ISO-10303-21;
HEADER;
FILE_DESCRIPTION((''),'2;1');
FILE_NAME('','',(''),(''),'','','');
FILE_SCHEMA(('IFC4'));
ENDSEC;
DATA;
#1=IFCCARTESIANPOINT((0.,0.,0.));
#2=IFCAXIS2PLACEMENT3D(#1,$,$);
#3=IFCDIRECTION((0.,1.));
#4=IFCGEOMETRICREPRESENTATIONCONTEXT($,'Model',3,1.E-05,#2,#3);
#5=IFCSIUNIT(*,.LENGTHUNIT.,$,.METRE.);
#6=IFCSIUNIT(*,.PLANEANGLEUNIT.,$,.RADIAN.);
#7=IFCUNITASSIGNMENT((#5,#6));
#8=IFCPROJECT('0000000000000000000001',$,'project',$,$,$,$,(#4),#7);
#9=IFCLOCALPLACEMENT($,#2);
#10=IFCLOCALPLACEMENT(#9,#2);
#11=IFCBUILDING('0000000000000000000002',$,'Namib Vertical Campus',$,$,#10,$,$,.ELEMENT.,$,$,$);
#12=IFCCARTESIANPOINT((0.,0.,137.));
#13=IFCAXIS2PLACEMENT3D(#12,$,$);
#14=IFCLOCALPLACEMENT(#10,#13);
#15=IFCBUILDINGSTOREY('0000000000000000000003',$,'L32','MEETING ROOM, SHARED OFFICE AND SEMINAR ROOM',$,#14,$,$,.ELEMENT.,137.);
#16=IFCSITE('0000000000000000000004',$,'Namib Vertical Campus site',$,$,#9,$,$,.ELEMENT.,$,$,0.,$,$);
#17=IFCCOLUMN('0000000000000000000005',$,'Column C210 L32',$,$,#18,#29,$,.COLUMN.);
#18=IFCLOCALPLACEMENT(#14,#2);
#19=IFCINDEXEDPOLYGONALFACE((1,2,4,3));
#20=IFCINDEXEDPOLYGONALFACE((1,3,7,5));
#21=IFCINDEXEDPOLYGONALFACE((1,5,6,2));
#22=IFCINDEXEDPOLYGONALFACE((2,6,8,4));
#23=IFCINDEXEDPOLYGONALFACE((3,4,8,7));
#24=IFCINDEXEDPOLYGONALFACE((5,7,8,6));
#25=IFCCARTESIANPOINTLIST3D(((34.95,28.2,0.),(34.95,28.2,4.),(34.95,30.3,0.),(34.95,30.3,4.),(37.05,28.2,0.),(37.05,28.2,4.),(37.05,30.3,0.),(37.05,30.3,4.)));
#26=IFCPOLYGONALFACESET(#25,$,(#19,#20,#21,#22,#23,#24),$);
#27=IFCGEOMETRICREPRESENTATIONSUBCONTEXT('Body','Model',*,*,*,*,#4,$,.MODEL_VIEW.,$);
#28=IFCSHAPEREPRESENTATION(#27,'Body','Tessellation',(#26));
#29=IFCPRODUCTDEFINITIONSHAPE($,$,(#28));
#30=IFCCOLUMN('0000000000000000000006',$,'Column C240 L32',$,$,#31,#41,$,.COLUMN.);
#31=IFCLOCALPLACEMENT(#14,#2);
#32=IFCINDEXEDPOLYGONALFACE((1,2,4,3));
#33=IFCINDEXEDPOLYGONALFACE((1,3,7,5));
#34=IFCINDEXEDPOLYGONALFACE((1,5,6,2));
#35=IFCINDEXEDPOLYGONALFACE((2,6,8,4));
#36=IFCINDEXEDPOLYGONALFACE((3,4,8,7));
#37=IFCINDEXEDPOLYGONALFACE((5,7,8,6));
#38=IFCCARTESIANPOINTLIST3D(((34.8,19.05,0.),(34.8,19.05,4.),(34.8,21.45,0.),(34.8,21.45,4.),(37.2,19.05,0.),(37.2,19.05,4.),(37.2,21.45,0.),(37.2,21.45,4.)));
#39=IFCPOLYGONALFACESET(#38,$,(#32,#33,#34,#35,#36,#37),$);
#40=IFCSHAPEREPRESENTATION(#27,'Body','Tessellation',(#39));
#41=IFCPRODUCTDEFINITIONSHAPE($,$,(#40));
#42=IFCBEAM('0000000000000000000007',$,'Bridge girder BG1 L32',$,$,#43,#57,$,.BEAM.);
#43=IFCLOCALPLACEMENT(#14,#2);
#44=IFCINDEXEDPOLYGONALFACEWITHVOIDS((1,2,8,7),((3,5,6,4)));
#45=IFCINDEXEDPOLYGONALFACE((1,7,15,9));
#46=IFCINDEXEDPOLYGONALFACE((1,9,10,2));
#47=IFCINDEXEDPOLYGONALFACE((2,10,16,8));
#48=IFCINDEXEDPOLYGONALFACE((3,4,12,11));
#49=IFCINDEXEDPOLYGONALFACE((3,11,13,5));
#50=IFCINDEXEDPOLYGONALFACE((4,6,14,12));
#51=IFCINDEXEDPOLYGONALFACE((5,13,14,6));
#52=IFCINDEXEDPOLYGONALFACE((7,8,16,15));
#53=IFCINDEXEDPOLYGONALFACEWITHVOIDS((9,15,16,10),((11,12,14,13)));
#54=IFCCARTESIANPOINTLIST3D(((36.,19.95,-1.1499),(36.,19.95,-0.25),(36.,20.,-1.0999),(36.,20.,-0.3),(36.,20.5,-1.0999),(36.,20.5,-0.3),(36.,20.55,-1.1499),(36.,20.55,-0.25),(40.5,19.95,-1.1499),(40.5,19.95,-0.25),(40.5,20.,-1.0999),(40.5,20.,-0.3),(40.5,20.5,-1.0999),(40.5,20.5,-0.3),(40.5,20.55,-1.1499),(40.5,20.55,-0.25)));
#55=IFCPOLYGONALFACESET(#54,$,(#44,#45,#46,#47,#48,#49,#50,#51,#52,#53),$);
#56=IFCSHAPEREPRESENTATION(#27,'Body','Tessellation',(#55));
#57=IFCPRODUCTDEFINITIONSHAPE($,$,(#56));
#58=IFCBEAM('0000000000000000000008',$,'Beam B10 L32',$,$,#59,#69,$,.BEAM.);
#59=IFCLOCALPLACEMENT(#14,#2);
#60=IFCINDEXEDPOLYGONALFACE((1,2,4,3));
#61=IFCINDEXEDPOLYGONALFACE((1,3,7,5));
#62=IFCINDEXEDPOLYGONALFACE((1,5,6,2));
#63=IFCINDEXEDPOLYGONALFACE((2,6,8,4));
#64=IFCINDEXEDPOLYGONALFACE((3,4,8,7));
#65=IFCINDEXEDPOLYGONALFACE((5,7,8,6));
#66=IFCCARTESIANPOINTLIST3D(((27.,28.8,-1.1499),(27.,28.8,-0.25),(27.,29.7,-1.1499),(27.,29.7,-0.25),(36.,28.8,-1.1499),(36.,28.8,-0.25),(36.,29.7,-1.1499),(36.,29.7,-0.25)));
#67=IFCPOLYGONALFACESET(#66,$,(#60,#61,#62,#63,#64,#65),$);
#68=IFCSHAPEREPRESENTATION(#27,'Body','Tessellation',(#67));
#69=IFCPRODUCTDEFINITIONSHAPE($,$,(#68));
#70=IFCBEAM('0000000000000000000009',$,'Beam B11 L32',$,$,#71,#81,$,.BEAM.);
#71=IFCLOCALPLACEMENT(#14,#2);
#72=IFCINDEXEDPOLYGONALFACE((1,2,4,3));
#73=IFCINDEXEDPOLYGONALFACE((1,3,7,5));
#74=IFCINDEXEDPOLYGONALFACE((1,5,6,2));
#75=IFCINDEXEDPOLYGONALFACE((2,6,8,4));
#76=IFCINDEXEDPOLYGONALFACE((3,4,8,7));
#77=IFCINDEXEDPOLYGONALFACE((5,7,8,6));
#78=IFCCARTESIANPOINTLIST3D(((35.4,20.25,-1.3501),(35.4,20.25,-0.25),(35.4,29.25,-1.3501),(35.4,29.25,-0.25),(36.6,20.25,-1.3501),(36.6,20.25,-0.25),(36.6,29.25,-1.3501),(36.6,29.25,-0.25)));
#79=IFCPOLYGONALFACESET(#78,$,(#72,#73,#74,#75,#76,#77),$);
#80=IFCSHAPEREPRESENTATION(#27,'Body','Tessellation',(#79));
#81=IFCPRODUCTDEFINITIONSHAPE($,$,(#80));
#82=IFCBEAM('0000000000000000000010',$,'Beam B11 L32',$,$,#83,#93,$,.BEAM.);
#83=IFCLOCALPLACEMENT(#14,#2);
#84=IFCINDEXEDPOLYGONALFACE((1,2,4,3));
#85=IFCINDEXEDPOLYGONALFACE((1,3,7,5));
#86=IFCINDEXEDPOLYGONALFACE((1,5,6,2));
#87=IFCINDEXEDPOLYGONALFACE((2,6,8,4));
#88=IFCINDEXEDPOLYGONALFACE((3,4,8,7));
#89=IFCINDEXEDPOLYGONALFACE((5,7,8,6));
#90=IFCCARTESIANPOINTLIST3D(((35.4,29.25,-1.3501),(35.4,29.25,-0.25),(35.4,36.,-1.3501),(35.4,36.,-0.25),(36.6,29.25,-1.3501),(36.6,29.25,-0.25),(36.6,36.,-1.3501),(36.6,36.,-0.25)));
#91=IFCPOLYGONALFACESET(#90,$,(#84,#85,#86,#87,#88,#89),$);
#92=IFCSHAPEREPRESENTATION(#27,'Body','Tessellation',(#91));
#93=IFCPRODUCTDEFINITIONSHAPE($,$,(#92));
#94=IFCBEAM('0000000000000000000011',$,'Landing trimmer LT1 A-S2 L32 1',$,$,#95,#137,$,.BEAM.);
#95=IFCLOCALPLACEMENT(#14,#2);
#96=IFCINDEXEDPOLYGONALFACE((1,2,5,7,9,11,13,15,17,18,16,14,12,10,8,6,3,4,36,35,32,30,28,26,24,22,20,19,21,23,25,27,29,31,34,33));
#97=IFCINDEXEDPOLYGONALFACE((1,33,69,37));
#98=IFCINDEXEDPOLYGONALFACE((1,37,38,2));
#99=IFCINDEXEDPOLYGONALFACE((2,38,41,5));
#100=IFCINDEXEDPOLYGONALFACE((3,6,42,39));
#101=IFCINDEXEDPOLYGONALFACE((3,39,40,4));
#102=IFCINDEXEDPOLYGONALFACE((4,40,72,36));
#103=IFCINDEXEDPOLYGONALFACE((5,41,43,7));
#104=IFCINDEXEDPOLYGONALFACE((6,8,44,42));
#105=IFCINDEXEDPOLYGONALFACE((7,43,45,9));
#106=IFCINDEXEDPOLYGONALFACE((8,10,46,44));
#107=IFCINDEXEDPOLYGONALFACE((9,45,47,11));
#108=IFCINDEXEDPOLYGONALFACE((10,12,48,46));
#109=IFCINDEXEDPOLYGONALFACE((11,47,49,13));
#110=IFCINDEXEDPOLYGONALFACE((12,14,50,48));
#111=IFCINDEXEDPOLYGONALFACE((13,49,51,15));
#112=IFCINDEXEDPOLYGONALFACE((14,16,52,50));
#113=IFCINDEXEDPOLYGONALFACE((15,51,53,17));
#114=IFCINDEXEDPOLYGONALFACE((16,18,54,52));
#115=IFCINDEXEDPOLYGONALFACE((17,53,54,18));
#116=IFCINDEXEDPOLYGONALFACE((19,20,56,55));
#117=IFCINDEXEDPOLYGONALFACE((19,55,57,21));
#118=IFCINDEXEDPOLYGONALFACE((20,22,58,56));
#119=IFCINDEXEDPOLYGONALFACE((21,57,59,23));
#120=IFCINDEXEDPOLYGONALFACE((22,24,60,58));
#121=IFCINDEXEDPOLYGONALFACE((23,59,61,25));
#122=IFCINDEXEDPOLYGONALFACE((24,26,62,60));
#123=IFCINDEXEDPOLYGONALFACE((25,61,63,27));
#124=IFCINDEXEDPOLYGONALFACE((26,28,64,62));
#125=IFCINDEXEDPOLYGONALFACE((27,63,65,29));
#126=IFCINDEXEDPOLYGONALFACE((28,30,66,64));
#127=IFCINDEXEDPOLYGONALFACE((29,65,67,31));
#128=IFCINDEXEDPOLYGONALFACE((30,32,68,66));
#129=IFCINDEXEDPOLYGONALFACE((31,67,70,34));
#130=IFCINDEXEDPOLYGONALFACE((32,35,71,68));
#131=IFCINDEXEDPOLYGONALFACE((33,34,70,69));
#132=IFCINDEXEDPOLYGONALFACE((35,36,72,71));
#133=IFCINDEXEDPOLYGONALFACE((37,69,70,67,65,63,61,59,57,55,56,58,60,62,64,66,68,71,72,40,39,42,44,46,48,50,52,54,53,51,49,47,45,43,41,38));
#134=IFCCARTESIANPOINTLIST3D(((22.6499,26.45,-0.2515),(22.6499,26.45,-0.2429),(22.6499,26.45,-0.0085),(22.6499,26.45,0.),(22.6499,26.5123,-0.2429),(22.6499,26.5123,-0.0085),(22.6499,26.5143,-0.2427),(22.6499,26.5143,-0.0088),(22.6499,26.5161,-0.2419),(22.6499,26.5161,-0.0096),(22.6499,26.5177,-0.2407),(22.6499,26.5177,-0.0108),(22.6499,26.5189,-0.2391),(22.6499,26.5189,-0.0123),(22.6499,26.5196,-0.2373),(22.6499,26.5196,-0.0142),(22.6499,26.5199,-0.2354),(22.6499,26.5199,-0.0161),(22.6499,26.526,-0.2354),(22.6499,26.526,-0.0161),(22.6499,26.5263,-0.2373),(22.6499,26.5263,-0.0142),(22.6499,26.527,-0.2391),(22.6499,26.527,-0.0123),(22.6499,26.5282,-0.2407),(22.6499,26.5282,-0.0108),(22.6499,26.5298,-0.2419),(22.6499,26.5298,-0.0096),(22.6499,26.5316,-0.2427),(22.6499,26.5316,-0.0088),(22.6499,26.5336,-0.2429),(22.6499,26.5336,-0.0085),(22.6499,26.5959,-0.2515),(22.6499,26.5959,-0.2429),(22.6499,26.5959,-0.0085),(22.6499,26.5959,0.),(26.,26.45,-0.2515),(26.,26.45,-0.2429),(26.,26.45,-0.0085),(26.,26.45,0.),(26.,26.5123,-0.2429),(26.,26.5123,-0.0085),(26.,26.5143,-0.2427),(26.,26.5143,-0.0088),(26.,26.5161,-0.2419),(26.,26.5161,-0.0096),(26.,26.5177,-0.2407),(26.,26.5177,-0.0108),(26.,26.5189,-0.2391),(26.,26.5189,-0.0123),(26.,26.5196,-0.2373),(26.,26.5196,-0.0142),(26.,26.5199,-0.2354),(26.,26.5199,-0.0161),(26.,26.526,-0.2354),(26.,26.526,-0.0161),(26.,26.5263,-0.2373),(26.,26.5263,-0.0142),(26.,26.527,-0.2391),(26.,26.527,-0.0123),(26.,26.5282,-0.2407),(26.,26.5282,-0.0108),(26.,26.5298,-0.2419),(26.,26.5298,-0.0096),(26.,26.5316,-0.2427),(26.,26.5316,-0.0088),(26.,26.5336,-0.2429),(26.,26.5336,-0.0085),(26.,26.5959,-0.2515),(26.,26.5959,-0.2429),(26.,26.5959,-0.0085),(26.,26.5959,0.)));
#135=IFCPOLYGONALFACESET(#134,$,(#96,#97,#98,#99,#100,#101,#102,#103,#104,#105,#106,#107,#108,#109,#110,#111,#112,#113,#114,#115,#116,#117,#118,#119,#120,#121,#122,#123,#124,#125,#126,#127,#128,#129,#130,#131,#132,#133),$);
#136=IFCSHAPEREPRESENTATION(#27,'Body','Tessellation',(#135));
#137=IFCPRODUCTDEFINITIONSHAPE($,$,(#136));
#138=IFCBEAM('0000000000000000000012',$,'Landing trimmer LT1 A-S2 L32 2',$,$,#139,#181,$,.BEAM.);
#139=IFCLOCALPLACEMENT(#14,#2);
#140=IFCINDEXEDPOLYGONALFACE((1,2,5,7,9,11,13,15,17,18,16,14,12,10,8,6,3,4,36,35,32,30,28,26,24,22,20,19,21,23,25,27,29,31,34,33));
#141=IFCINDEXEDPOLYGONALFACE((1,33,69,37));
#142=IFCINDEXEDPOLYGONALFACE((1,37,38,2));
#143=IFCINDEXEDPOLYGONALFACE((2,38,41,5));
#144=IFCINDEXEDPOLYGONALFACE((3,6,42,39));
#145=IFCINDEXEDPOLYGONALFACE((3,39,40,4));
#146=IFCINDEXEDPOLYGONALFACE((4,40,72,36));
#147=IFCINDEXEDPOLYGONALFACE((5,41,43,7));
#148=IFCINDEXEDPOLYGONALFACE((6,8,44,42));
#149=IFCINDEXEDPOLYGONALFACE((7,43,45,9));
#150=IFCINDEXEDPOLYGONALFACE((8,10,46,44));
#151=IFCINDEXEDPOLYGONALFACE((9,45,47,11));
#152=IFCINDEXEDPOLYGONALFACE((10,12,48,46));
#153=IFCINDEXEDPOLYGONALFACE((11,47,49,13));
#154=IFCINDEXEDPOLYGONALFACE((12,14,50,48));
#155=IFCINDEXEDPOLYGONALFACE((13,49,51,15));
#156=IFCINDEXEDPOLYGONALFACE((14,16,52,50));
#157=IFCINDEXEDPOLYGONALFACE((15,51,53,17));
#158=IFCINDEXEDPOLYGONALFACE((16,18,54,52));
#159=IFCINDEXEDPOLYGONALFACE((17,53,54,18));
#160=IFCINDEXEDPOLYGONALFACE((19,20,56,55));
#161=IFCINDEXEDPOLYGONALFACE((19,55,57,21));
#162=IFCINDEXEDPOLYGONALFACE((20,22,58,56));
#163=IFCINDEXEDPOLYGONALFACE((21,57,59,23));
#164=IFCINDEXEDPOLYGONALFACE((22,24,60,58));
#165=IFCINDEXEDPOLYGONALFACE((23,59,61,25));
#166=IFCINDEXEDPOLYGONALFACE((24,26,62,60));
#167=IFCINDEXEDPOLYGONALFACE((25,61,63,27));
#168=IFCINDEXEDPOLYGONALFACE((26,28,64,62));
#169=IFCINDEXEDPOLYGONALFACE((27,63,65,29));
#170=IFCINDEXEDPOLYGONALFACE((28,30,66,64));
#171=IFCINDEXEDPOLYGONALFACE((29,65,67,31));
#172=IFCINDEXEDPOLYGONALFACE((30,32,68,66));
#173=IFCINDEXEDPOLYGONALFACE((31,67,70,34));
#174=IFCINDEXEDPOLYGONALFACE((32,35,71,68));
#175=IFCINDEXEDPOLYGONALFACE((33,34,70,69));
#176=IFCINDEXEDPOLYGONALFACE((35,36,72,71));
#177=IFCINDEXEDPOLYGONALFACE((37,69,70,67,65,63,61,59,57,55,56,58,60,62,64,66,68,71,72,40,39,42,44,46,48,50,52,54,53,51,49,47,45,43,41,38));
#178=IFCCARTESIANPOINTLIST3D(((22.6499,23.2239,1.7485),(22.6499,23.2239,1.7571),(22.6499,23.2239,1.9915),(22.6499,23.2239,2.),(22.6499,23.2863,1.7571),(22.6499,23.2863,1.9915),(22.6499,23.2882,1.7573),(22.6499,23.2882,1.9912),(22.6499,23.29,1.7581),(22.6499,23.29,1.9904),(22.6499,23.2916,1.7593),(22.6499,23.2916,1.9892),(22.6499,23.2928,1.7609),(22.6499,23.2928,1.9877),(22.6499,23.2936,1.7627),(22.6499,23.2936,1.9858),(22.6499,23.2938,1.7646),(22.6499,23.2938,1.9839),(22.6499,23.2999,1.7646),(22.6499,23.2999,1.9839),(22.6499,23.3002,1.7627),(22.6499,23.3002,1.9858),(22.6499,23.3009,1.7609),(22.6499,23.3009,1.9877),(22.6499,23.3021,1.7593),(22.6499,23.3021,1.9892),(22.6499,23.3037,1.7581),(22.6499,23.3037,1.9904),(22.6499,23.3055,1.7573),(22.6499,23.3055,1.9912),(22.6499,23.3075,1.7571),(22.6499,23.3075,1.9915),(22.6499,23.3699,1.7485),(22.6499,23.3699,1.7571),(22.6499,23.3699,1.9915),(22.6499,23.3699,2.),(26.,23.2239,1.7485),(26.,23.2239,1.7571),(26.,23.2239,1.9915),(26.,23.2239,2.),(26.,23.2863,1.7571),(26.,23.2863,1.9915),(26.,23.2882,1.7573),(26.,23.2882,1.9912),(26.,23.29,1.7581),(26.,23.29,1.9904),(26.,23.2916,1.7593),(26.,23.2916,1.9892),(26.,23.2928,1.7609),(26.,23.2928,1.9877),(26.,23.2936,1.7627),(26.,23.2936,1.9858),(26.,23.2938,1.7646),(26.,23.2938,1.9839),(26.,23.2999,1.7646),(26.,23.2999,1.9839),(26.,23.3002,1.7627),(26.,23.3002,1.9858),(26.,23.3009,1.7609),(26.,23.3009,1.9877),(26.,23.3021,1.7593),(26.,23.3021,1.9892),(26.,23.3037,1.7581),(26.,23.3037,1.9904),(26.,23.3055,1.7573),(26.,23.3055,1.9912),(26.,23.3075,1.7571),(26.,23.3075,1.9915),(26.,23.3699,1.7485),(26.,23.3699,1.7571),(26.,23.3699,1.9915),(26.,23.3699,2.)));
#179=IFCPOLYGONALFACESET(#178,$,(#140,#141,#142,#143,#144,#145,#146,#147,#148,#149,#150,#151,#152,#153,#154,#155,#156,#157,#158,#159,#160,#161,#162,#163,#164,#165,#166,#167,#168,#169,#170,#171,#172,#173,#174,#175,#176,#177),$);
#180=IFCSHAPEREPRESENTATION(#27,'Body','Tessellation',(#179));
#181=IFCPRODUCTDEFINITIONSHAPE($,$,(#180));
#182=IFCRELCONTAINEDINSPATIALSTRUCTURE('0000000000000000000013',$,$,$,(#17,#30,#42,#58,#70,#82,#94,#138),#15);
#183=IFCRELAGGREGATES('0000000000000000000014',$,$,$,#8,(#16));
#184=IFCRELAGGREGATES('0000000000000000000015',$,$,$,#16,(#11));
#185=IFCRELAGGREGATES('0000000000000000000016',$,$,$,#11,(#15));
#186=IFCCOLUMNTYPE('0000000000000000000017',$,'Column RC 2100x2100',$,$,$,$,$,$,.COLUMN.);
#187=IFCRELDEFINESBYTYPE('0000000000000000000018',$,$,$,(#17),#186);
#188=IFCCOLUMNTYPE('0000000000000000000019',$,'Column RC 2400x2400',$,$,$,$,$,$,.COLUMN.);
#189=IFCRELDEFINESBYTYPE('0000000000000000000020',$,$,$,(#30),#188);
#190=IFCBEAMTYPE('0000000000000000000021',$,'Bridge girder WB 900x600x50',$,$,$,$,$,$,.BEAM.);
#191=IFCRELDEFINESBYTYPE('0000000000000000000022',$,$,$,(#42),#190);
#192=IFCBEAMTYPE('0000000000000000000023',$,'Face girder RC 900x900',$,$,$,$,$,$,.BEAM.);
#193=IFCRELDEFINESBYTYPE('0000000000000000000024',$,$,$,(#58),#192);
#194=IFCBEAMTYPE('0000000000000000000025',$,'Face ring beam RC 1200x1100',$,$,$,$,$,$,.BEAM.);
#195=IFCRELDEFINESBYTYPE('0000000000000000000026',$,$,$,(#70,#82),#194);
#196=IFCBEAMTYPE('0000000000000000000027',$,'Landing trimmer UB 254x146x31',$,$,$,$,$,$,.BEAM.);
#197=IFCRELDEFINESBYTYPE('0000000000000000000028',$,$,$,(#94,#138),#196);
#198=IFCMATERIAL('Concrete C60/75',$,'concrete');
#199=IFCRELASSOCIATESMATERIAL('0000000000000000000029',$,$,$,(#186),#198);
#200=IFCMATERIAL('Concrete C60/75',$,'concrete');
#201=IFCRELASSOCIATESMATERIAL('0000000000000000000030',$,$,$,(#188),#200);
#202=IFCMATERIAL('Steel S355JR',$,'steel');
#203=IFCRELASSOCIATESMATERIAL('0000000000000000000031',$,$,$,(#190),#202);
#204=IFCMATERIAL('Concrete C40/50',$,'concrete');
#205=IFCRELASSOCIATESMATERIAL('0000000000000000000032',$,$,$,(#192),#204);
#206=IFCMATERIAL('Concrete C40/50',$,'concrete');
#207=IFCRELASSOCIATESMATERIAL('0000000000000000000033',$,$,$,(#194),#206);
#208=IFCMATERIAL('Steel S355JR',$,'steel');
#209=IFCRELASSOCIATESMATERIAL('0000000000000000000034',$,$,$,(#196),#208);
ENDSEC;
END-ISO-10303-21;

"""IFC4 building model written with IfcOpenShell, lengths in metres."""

from ifc_helpers import new_model, si_unit, direction, frame, origin, origin_2d, place, context, subcontext, project, spatial, rectangle, hollow_rectangle, i_section, extrude, material, material_profile, profile_set, type_object, element, save


model = new_model("IFC4")

# Units and contexts
model_context = context("Model", 3, precision=1e-05, world=origin(), true_north=direction((0.0, 1.0)))
body_context = subcontext(model_context, "Body", "Model", "MODEL_VIEW")
ifc_project = project(units=[si_unit("LENGTHUNIT", "METRE"), si_unit("PLANEANGLEUNIT", "RADIAN")], contexts=[model_context])

# Site, building, storey
site_placement = place(None, origin())
site = spatial("IfcSite", under=ifc_project, at=site_placement, Name="Namib Vertical Campus site", CompositionType="ELEMENT", RefElevation=0.0)
building_placement = place(site_placement, origin())
building = spatial("IfcBuilding", under=site, at=building_placement, Name="Namib Vertical Campus", CompositionType="ELEMENT")
storey_placement = place(building_placement, frame((0.0, 0.0, 137.0)))
storey = spatial("IfcBuildingStorey", under=building, at=storey_placement, Name="L32", Description="MEETING ROOM, SHARED OFFICE AND SEMINAR ROOM", CompositionType="ELEMENT", Elevation=137.0)

# Columns
ifc_material_1 = material(Name="Concrete C60/75", Category="concrete")
ifc_material_profile_1 = material_profile(ifc_material_1, rectangle(XDim=2.1001, YDim=2.1001, at=origin_2d()))
ifc_profile_set_1 = profile_set([ifc_material_profile_1], Name="Concrete C60/75")
column_type_1 = type_object("IfcColumnType", Name="Column RC 2100x2100", PredefinedType="COLUMN", material=ifc_profile_set_1)
column_1_placement = place(storey_placement, frame((36.0, 29.25, 0.0), z_axis=(0.0, 0.0, 1.0), x_axis=(1.0, 0.0, 0.0)))
element("IfcColumn", 1, at=column_1_placement, inside=storey, type_object=column_type_1, Name="Column C210 L32", PredefinedType="COLUMN", context=body_context, shape_type="SweptSolid", body=[
    extrude(rectangle(XDim=2.1001, YDim=2.1001, at=origin_2d()), origin(), (0.0, 0.0, 1.0), 4.0),
])
ifc_material_2 = material(Name="Concrete C60/75", Category="concrete")
ifc_material_profile_2 = material_profile(ifc_material_2, rectangle(XDim=2.3999, YDim=2.3999, at=origin_2d()))
ifc_profile_set_2 = profile_set([ifc_material_profile_2], Name="Concrete C60/75")
column_type_2 = type_object("IfcColumnType", Name="Column RC 2400x2400", PredefinedType="COLUMN", material=ifc_profile_set_2)
column_2_placement = place(storey_placement, frame((36.0, 20.25, 0.0), z_axis=(0.0, 0.0, 1.0), x_axis=(1.0, 0.0, 0.0)))
element("IfcColumn", 2, at=column_2_placement, inside=storey, type_object=column_type_2, Name="Column C240 L32", PredefinedType="COLUMN", context=body_context, shape_type="SweptSolid", body=[
    extrude(rectangle(XDim=2.3999, YDim=2.3999, at=origin_2d()), origin(), (0.0, 0.0, 1.0), 4.0),
])

# Beams
ifc_material_3 = material(Name="Steel S355JR", Category="steel")
ifc_material_profile_3 = material_profile(ifc_material_3, hollow_rectangle(XDim=0.6001, YDim=0.8999, WallThickness=0.05, at=origin_2d()))
ifc_profile_set_3 = profile_set([ifc_material_profile_3], Name="Steel S355JR")
beam_type_1 = type_object("IfcBeamType", Name="Bridge girder WB 900x600x50", PredefinedType="BEAM", material=ifc_profile_set_3)
beam_1_placement = place(storey_placement, frame((36.0, 20.25, -0.7), z_axis=(1.0, 0.0, 0.0), x_axis=(0.0, 1.0, 0.0)))
element("IfcBeam", 3, at=beam_1_placement, inside=storey, type_object=beam_type_1, Name="Bridge girder BG1 L32", PredefinedType="BEAM", context=body_context, shape_type="SweptSolid", body=[
    extrude(hollow_rectangle(XDim=0.6001, YDim=0.8999, WallThickness=0.05, at=origin_2d()), origin(), (0.0, 0.0, 1.0), 4.5),
])
ifc_material_4 = material(Name="Concrete C40/50", Category="concrete")
ifc_material_profile_4 = material_profile(ifc_material_4, rectangle(XDim=0.8999, YDim=0.8999, at=origin_2d()))
ifc_profile_set_4 = profile_set([ifc_material_profile_4], Name="Concrete C40/50")
beam_type_2 = type_object("IfcBeamType", Name="Face girder RC 900x900", PredefinedType="BEAM", material=ifc_profile_set_4)
beam_2_placement = place(storey_placement, frame((36.0, 29.25, -0.7), z_axis=(-1.0, 0.0, 0.0), x_axis=(0.0, -1.0, 0.0)))
element("IfcBeam", 4, at=beam_2_placement, inside=storey, type_object=beam_type_2, Name="Beam B10 L32", PredefinedType="BEAM", context=body_context, shape_type="SweptSolid", body=[
    extrude(rectangle(XDim=0.8999, YDim=0.8999, at=origin_2d()), origin(), (0.0, 0.0, 1.0), 9.0),
])
ifc_material_5 = material(Name="Concrete C40/50", Category="concrete")
ifc_material_profile_5 = material_profile(ifc_material_5, rectangle(XDim=1.2, YDim=1.1001, at=origin_2d()))
ifc_profile_set_5 = profile_set([ifc_material_profile_5], Name="Concrete C40/50")
beam_type_3 = type_object("IfcBeamType", Name="Face ring beam RC 1200x1100", PredefinedType="BEAM", material=ifc_profile_set_5)
beam_3_placement = place(storey_placement, frame((36.0, 20.25, -0.8), z_axis=(0.0, 1.0, 0.0), x_axis=(-1.0, 0.0, 0.0)))
element("IfcBeam", 5, at=beam_3_placement, inside=storey, type_object=beam_type_3, Name="Beam B11 L32", PredefinedType="BEAM", context=body_context, shape_type="SweptSolid", body=[
    extrude(rectangle(XDim=1.2, YDim=1.1001, at=origin_2d()), origin(), (0.0, 0.0, 1.0), 9.0),
])
beam_4_placement = place(storey_placement, frame((36.0, 29.25, -0.8), z_axis=(0.0, 1.0, 0.0), x_axis=(-1.0, 0.0, 0.0)))
element("IfcBeam", 6, at=beam_4_placement, inside=storey, type_object=beam_type_3, Name="Beam B11 L32", PredefinedType="BEAM", context=body_context, shape_type="SweptSolid", body=[
    extrude(rectangle(XDim=1.2, YDim=1.1001, at=origin_2d()), origin(), (0.0, 0.0, 1.0), 6.75),
])
ifc_material_6 = material(Name="Steel S355JR", Category="steel")
ifc_material_profile_6 = material_profile(ifc_material_6, i_section(OverallWidth=0.146, OverallDepth=0.2515, WebThickness=0.0061, FlangeThickness=0.0085, FilletRadius=0.0076, at=origin_2d()))
ifc_profile_set_6 = profile_set([ifc_material_profile_6], Name="Steel S355JR")
beam_type_4 = type_object("IfcBeamType", Name="Landing trimmer UB 254x146x31", PredefinedType="BEAM", material=ifc_profile_set_6)
for number, where, z_axis, x_axis, name in (
    (7, (22.6499, 26.5229, -0.1257), (1.0, 0.0, 0.0), (0.0, 1.0, 0.0), "Landing trimmer LT1 A-S2 L32 1"),
    (8, (22.6499, 23.2969, 1.8743), (1.0, 0.0, 0.0), (0.0, 1.0, 0.0), "Landing trimmer LT1 A-S2 L32 2"),
):
    element("IfcBeam", number, at=place(storey_placement, frame(where, z_axis=z_axis, x_axis=x_axis)), inside=storey, type_object=beam_type_4, Name=name, PredefinedType="BEAM", context=body_context, shape_type="SweptSolid", body=[
        extrude(i_section(OverallWidth=0.146, OverallDepth=0.2515, WebThickness=0.0061, FlangeThickness=0.0085, FilletRadius=0.0076, at=origin_2d()), origin(), (0.0, 0.0, 1.0), 3.3501),
    ])

save(model, "model.ifc")
